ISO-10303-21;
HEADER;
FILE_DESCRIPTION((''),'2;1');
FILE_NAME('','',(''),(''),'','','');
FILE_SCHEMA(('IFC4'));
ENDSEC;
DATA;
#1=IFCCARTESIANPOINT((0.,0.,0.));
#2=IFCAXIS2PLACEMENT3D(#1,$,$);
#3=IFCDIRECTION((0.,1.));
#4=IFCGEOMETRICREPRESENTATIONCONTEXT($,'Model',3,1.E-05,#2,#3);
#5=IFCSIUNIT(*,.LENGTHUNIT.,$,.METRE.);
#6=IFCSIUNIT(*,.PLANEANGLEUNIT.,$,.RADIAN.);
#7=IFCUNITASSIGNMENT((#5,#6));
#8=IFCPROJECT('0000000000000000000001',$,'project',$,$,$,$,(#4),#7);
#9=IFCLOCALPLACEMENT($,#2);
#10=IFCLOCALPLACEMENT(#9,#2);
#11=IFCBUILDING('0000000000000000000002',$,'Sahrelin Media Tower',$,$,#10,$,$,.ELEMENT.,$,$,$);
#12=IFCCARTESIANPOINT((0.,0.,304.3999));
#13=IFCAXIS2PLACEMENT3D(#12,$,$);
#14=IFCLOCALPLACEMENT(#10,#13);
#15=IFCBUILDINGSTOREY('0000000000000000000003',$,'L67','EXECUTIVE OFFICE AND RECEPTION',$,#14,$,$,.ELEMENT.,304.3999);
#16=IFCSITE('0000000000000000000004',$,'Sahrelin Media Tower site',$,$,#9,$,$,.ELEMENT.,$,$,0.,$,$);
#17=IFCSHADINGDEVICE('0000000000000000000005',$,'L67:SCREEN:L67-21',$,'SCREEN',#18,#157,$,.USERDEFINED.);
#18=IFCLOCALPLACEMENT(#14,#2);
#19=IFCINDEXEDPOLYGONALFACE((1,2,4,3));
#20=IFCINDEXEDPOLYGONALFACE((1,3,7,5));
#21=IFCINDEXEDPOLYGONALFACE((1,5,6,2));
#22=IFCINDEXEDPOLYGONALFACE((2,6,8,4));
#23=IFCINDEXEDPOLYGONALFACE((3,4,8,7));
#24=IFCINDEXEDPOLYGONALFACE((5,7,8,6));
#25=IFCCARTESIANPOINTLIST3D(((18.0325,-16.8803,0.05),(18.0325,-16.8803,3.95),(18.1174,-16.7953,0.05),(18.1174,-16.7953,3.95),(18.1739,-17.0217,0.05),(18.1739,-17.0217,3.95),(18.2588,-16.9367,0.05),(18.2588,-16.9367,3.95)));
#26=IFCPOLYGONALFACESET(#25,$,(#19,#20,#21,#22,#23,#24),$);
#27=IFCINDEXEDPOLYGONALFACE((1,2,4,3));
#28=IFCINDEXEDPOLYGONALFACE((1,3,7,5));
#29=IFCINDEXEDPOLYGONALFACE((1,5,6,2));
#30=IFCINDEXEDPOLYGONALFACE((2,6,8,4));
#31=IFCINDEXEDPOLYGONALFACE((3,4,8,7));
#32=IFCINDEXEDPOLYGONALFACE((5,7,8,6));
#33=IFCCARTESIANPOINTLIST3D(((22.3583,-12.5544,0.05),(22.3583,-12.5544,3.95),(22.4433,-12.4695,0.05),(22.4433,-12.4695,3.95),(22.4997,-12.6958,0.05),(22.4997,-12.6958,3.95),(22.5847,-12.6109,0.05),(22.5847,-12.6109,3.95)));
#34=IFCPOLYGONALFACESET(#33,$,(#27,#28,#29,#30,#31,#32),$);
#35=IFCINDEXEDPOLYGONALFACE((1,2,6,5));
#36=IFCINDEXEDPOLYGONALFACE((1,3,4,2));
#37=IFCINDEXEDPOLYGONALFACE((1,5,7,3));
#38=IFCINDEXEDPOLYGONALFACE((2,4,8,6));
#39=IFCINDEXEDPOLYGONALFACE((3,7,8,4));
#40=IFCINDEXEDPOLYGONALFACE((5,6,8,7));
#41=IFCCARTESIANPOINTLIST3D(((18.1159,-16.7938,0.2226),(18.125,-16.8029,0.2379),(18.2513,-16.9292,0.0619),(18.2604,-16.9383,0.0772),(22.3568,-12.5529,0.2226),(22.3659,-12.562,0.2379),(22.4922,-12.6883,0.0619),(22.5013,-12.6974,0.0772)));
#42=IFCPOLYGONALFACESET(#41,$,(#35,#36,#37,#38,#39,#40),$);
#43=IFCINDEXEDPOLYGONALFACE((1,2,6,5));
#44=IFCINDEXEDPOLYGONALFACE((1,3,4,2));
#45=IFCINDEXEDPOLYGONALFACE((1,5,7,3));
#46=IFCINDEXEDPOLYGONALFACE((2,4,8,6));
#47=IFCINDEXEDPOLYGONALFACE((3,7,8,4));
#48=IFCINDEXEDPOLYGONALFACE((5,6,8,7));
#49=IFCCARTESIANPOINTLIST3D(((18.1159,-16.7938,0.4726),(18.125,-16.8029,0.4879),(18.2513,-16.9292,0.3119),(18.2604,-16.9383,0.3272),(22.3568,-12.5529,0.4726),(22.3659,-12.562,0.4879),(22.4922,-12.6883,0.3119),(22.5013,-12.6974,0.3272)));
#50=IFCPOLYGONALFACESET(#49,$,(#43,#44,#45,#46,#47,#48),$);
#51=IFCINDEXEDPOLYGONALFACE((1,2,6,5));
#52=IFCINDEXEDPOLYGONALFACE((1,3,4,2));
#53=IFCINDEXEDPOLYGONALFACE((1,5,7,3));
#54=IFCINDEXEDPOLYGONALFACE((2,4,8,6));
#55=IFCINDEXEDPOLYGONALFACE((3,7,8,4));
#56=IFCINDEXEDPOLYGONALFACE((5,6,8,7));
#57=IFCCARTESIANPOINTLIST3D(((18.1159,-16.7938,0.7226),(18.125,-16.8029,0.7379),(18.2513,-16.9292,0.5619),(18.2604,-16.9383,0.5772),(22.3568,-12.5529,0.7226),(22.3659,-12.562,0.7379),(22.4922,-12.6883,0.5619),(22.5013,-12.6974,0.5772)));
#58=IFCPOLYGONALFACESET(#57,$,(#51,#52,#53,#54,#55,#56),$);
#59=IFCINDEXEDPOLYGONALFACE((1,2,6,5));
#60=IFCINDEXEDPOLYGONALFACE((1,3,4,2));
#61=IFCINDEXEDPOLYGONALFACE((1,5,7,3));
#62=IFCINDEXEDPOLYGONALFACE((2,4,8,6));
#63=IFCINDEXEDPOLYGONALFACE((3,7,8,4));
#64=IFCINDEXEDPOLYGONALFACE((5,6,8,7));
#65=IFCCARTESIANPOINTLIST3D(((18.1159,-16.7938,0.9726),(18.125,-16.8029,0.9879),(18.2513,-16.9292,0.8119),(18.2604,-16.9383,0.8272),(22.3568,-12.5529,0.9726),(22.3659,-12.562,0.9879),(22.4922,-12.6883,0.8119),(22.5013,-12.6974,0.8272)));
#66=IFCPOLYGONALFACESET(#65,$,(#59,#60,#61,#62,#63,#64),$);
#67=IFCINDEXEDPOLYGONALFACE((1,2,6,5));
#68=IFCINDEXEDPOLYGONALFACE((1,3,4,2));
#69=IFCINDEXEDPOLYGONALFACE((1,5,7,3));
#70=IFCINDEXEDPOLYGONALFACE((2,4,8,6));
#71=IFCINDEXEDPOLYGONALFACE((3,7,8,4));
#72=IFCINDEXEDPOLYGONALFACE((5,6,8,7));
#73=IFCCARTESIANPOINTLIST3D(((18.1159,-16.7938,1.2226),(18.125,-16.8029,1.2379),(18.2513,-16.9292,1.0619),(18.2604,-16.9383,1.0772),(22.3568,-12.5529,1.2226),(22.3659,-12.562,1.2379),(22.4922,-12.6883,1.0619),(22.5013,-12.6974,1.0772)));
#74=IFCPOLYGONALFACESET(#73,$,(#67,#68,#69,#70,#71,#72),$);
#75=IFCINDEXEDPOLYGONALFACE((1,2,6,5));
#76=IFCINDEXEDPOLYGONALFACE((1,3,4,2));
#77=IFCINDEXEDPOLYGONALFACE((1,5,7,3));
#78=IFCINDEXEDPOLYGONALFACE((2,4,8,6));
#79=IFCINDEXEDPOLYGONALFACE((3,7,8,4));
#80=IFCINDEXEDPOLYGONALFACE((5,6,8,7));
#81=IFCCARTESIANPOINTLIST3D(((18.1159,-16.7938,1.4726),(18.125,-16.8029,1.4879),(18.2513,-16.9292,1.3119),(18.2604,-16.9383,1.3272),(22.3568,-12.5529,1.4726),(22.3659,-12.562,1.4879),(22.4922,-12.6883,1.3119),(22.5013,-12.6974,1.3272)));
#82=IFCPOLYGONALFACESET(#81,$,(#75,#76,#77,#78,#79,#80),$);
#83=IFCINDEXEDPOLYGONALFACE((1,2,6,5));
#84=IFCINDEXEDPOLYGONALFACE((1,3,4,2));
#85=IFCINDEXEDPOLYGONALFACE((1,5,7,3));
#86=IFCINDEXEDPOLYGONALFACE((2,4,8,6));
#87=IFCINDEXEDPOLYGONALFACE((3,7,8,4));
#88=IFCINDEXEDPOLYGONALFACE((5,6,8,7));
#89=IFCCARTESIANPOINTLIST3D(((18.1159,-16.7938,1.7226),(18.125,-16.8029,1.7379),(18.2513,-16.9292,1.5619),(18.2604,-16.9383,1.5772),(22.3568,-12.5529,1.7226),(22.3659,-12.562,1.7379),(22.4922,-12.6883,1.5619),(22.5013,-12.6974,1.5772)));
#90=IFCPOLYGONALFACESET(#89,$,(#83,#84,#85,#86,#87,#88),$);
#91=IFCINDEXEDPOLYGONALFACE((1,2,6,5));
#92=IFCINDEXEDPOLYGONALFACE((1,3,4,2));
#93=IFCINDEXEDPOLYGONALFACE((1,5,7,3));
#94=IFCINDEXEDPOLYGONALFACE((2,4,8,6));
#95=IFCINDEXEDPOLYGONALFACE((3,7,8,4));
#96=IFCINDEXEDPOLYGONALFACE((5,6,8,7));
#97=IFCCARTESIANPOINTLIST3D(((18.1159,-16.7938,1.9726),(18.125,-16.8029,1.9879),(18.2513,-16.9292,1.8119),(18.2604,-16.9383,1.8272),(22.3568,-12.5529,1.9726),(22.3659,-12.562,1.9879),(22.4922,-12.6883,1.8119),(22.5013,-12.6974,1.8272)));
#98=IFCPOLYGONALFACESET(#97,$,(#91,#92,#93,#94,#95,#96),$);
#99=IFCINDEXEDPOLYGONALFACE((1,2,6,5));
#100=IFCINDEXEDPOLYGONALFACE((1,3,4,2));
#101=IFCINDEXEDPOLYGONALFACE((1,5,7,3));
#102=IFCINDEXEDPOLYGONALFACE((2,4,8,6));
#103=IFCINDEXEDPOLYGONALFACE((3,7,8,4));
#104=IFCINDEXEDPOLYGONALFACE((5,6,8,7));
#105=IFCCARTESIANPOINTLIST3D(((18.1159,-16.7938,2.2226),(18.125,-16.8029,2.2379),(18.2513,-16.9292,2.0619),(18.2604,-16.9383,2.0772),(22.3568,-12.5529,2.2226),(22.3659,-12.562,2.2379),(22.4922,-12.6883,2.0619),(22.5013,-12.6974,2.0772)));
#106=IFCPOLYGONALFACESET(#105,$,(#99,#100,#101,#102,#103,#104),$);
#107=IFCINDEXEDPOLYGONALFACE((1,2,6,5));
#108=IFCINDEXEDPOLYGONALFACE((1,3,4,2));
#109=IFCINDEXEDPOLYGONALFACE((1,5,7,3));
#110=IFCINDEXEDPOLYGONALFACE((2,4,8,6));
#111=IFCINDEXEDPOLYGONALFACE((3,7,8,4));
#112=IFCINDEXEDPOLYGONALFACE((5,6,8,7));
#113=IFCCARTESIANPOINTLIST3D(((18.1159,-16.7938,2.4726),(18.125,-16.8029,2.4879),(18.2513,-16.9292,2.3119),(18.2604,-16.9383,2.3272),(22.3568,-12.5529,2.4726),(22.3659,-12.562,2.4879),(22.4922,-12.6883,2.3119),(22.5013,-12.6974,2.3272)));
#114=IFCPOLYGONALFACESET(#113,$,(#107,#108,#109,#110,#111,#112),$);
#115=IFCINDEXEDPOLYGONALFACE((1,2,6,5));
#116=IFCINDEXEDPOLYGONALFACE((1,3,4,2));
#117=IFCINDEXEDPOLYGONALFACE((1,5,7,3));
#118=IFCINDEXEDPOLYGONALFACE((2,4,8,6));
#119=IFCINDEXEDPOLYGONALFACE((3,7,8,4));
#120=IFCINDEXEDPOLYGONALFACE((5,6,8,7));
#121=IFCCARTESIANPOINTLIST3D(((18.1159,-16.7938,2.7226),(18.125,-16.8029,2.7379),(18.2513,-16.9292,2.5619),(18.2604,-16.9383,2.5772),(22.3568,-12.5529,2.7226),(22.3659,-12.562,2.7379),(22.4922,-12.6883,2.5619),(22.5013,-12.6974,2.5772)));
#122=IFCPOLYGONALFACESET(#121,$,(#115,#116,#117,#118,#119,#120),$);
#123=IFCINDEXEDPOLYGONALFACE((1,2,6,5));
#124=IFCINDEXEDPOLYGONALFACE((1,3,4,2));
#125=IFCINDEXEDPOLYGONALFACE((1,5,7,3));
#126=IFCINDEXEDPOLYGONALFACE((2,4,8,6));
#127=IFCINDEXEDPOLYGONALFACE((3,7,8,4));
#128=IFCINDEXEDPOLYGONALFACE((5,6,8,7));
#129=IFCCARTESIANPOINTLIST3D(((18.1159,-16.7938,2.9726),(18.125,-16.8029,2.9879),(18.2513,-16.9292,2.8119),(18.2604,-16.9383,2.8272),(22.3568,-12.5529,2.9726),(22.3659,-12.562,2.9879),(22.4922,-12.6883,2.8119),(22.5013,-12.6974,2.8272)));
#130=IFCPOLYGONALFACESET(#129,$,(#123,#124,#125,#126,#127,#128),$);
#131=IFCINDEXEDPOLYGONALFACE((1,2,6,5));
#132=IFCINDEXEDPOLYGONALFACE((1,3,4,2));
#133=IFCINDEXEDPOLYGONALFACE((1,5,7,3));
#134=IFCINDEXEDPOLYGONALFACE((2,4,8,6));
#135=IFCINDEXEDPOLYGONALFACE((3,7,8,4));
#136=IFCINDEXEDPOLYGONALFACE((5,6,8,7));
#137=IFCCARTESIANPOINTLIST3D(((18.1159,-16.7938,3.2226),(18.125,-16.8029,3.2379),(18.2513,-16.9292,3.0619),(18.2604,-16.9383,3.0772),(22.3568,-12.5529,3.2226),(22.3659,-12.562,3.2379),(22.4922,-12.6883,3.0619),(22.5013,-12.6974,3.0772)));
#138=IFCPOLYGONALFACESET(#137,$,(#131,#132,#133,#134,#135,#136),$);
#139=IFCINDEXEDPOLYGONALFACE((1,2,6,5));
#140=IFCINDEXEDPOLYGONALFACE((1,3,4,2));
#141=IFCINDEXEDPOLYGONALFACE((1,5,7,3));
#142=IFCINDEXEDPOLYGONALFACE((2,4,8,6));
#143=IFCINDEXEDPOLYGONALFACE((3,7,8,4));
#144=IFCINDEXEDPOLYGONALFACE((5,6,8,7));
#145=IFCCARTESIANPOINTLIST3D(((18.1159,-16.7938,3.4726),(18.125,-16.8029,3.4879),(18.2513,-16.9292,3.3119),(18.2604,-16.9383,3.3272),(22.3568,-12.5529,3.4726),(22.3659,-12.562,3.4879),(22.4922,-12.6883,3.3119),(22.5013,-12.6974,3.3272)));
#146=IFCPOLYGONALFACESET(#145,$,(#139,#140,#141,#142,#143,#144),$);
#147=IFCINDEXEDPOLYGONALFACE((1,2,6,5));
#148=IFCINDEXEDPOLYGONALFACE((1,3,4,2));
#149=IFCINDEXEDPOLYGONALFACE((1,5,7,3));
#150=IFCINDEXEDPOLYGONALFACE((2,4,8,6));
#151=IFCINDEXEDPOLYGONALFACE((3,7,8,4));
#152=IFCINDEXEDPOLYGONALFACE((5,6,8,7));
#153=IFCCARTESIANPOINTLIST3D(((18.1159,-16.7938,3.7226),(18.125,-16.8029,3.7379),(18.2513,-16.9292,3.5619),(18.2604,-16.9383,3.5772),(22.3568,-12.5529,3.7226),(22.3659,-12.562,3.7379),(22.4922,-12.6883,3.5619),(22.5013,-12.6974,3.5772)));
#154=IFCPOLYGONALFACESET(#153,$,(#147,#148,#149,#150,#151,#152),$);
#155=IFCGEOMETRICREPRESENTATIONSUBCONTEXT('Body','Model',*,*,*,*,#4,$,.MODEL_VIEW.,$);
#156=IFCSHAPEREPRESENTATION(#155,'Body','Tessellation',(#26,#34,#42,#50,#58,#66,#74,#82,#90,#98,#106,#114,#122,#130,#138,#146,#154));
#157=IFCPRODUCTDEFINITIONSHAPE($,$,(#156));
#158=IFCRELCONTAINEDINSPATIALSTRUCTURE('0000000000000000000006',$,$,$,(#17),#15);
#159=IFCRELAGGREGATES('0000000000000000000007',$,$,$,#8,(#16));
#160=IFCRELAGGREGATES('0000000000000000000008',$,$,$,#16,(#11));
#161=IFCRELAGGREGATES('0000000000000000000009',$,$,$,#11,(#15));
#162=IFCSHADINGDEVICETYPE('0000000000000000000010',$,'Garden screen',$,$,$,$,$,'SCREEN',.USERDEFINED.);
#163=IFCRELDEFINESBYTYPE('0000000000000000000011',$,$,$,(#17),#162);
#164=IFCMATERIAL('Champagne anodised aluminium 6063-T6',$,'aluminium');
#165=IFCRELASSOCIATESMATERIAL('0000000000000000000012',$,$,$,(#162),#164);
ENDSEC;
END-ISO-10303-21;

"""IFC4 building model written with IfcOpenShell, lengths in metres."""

from ifc_helpers import new_model, si_unit, direction, frame, origin, origin_2d, place, context, subcontext, project, spatial, rectangle, extrude, material, type_object, element, save


model = new_model("IFC4")

# Units and contexts
model_context = context("Model", 3, precision=1e-05, world=origin(), true_north=direction((0.0, 1.0)))
body_context = subcontext(model_context, "Body", "Model", "MODEL_VIEW")
ifc_project = project(units=[si_unit("LENGTHUNIT", "METRE"), si_unit("PLANEANGLEUNIT", "RADIAN")], contexts=[model_context])

# Site, building, storey
site_placement = place(None, origin())
site = spatial("IfcSite", under=ifc_project, at=site_placement, Name="Sahrelin Media Tower site", CompositionType="ELEMENT", RefElevation=0.0)
building_placement = place(site_placement, origin())
building = spatial("IfcBuilding", under=site, at=building_placement, Name="Sahrelin Media Tower", CompositionType="ELEMENT")
storey_placement = place(building_placement, frame((0.0, 0.0, 304.3999)))
storey = spatial("IfcBuildingStorey", under=building, at=storey_placement, Name="L67", Description="EXECUTIVE OFFICE AND RECEPTION", CompositionType="ELEMENT", Elevation=304.3999)

# Shading device
ifc_material_1 = material(Name="Champagne anodised aluminium 6063-T6", Category="aluminium")
shading_device_type = type_object("IfcShadingDeviceType", Name="Garden screen", ElementType="SCREEN", PredefinedType="USERDEFINED", material=ifc_material_1)
shading_device_1_placement = place(storey_placement, frame((20.2378, -14.6748, 0.0), z_axis=(0.0, 0.0, 1.0), x_axis=(-0.707107, -0.707107, 0.0)))
element("IfcShadingDevice", 1, at=shading_device_1_placement, inside=storey, type_object=shading_device_type, Name="L67:SCREEN:L67-21", ObjectType="SCREEN", PredefinedType="USERDEFINED", context=body_context, shape_type="SweptSolid", body=[
    extrude(rectangle(XDim=0.1201, YDim=0.2, at=origin_2d()), frame((3.0588, 0.1001, 0.05), z_axis=(0.0, 0.0, 1.0), x_axis=(1.0, 0.0, 0.0)), (0.0, 0.0, 1.0), 3.8999),
    extrude(rectangle(XDim=0.1201, YDim=0.2, at=origin_2d()), frame((-3.0588, 0.1001, 0.05), z_axis=(0.0, 0.0, 1.0), x_axis=(1.0, 0.0, 0.0)), (0.0, 0.0, 1.0), 3.8999),
    extrude(rectangle(XDim=0.25, YDim=0.02, at=origin_2d()), frame((2.9988, 0.1001, 0.1499), z_axis=(-1.0, 0.0, 0.0), x_axis=(0.0, -0.766044, 0.642788)), (0.0, 0.0, 1.0), 5.9976),
    extrude(rectangle(XDim=0.25, YDim=0.02, at=origin_2d()), frame((2.9988, 0.1001, 0.3999), z_axis=(-1.0, 0.0, 0.0), x_axis=(0.0, -0.766044, 0.642788)), (0.0, 0.0, 1.0), 5.9976),
    extrude(rectangle(XDim=0.25, YDim=0.02, at=origin_2d()), frame((2.9988, 0.1001, 0.6499), z_axis=(-1.0, 0.0, 0.0), x_axis=(0.0, -0.766044, 0.642788)), (0.0, 0.0, 1.0), 5.9976),
    extrude(rectangle(XDim=0.25, YDim=0.02, at=origin_2d()), frame((2.9988, 0.1001, 0.8999), z_axis=(-1.0, 0.0, 0.0), x_axis=(0.0, -0.766044, 0.642788)), (0.0, 0.0, 1.0), 5.9976),
    extrude(rectangle(XDim=0.25, YDim=0.02, at=origin_2d()), frame((2.9988, 0.1001, 1.1499), z_axis=(-1.0, 0.0, 0.0), x_axis=(0.0, -0.766044, 0.642788)), (0.0, 0.0, 1.0), 5.9976),
    extrude(rectangle(XDim=0.25, YDim=0.02, at=origin_2d()), frame((2.9988, 0.1001, 1.3999), z_axis=(-1.0, 0.0, 0.0), x_axis=(0.0, -0.766044, 0.642788)), (0.0, 0.0, 1.0), 5.9976),
    extrude(rectangle(XDim=0.25, YDim=0.02, at=origin_2d()), frame((2.9988, 0.1001, 1.6499), z_axis=(-1.0, 0.0, 0.0), x_axis=(0.0, -0.766044, 0.642788)), (0.0, 0.0, 1.0), 5.9976),
    extrude(rectangle(XDim=0.25, YDim=0.02, at=origin_2d()), frame((2.9988, 0.1001, 1.8999), z_axis=(-1.0, 0.0, 0.0), x_axis=(0.0, -0.766044, 0.642788)), (0.0, 0.0, 1.0), 5.9976),
    extrude(rectangle(XDim=0.25, YDim=0.02, at=origin_2d()), frame((2.9988, 0.1001, 2.1499), z_axis=(-1.0, 0.0, 0.0), x_axis=(0.0, -0.766044, 0.642788)), (0.0, 0.0, 1.0), 5.9976),
    extrude(rectangle(XDim=0.25, YDim=0.02, at=origin_2d()), frame((2.9988, 0.1001, 2.3999), z_axis=(-1.0, 0.0, 0.0), x_axis=(0.0, -0.766044, 0.642788)), (0.0, 0.0, 1.0), 5.9976),
    extrude(rectangle(XDim=0.25, YDim=0.02, at=origin_2d()), frame((2.9988, 0.1001, 2.6499), z_axis=(-1.0, 0.0, 0.0), x_axis=(0.0, -0.766044, 0.642788)), (0.0, 0.0, 1.0), 5.9976),
    extrude(rectangle(XDim=0.25, YDim=0.02, at=origin_2d()), frame((2.9988, 0.1001, 2.8999), z_axis=(-1.0, 0.0, 0.0), x_axis=(0.0, -0.766044, 0.642788)), (0.0, 0.0, 1.0), 5.9976),
    extrude(rectangle(XDim=0.25, YDim=0.02, at=origin_2d()), frame((2.9988, 0.1001, 3.1499), z_axis=(-1.0, 0.0, 0.0), x_axis=(0.0, -0.766044, 0.642788)), (0.0, 0.0, 1.0), 5.9976),
    extrude(rectangle(XDim=0.25, YDim=0.02, at=origin_2d()), frame((2.9988, 0.1001, 3.3999), z_axis=(-1.0, 0.0, 0.0), x_axis=(0.0, -0.766044, 0.642788)), (0.0, 0.0, 1.0), 5.9976),
    extrude(rectangle(XDim=0.25, YDim=0.02, at=origin_2d()), frame((2.9988, 0.1001, 3.6499), z_axis=(-1.0, 0.0, 0.0), x_axis=(0.0, -0.766044, 0.642788)), (0.0, 0.0, 1.0), 5.9976),
])

save(model, "model.ifc")
